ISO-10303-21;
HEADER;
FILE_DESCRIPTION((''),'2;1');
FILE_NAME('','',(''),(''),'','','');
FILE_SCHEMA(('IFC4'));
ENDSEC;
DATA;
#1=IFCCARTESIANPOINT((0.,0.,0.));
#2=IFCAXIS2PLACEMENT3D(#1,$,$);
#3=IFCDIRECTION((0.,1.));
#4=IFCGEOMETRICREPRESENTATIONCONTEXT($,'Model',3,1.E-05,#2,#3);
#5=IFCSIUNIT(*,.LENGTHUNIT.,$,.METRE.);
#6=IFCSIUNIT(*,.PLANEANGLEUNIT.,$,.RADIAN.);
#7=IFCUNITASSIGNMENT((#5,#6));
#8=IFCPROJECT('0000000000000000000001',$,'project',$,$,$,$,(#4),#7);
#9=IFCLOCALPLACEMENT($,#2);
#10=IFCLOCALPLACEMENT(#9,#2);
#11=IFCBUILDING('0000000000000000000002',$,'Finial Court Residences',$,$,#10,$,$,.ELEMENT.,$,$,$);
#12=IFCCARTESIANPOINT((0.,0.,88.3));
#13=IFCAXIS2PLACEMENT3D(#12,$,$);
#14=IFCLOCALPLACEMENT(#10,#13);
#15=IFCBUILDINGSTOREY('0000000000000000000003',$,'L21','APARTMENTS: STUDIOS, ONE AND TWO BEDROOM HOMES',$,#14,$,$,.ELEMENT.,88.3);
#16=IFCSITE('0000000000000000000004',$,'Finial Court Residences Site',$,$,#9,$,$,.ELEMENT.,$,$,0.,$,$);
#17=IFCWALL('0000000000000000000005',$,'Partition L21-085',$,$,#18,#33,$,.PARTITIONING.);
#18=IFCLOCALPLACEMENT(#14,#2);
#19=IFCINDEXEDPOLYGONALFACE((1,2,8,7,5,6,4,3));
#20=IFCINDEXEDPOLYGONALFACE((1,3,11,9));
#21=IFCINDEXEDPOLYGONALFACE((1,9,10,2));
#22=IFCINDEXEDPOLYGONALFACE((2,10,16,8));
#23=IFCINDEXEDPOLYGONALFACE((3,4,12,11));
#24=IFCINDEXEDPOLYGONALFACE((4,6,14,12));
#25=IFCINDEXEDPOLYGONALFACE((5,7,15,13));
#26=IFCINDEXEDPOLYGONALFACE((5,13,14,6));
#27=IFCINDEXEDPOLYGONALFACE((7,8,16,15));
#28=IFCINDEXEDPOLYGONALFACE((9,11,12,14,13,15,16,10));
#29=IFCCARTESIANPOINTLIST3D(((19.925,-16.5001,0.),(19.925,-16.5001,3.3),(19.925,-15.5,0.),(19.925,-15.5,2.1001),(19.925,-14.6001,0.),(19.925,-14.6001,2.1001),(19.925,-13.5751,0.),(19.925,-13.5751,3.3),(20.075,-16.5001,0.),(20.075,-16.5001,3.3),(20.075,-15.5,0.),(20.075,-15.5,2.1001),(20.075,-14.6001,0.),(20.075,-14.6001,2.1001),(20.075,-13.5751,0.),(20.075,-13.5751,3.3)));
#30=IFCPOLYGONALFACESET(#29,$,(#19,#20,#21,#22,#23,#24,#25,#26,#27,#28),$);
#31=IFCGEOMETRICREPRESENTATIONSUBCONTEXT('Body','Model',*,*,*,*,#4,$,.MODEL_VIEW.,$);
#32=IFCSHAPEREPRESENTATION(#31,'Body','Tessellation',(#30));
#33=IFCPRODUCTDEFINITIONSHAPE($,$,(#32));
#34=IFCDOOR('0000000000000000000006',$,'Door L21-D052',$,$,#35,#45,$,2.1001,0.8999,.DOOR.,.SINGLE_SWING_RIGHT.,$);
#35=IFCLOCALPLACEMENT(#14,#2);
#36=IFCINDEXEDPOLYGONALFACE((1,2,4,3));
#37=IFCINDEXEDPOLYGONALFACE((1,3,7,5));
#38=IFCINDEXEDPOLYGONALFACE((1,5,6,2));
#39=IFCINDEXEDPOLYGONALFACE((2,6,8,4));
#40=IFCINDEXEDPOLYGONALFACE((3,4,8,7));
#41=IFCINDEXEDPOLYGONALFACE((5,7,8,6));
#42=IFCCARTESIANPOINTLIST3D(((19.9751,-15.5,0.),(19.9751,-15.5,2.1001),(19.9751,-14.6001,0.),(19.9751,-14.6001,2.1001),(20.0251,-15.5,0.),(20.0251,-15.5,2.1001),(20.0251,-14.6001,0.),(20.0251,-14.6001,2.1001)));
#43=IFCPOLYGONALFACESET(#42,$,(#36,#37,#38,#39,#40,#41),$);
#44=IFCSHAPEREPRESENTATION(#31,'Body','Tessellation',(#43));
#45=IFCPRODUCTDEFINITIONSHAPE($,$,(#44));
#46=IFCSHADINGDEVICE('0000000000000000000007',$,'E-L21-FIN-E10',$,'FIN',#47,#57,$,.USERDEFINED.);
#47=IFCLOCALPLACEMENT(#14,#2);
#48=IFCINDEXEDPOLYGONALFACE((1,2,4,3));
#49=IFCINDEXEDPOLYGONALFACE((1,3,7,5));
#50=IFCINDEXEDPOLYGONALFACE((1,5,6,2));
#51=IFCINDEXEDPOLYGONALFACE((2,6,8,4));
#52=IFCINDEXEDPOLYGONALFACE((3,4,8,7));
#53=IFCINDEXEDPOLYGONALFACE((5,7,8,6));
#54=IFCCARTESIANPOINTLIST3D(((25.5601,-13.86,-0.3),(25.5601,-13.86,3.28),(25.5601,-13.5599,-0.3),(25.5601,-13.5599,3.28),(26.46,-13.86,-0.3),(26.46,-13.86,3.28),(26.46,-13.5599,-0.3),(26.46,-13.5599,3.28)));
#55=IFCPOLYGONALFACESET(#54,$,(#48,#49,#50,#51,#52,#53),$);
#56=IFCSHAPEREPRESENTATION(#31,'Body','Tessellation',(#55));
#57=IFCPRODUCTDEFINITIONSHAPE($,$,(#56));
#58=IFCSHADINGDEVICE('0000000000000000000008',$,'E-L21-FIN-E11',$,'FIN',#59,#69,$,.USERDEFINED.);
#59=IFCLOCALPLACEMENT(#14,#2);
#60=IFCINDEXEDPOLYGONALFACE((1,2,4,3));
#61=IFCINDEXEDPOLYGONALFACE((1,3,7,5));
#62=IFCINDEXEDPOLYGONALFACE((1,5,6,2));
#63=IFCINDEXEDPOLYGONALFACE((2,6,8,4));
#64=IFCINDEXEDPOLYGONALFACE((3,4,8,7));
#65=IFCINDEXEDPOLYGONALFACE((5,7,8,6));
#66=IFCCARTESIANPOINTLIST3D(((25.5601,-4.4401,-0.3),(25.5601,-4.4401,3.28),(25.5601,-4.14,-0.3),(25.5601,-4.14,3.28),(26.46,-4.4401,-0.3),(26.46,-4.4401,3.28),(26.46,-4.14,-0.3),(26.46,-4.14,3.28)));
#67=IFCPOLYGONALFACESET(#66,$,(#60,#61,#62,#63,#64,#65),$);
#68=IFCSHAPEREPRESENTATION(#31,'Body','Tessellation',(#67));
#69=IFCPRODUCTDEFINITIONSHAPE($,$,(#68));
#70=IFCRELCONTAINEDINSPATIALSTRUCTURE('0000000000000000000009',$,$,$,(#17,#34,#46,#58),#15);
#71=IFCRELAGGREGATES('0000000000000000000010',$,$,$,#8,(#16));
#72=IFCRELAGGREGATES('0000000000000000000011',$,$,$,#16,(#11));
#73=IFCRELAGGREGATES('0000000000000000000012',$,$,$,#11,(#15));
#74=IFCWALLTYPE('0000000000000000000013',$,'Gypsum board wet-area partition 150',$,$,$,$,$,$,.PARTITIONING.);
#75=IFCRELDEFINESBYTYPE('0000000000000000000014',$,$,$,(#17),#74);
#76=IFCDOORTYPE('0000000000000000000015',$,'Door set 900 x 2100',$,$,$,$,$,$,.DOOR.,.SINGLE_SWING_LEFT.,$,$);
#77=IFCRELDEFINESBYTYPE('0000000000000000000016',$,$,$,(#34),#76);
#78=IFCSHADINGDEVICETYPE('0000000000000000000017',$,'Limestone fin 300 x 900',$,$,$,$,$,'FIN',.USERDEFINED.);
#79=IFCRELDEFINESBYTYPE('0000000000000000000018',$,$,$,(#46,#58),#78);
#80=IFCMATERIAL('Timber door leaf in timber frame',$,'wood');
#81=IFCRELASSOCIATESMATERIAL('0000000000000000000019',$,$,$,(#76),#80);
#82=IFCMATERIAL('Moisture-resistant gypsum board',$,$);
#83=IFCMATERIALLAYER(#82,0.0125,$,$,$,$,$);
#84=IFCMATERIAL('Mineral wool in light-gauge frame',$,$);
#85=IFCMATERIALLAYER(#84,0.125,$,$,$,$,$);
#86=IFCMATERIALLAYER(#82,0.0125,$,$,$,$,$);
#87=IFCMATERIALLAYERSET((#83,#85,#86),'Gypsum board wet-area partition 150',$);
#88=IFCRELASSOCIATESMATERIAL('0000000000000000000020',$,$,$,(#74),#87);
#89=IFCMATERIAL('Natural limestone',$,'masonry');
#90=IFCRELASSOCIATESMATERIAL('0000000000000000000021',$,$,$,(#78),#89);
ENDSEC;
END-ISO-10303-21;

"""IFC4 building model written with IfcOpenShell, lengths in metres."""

from ifc_helpers import new_model, si_unit, direction, frame, frame_2d, origin, origin_2d, place, context, subcontext, project, spatial, rectangle, extrude, material, layer, layer_set, type_object, element, fill, save


model = new_model("IFC4")

# Units and contexts
model_context = context("Model", 3, precision=1e-05, world=origin(), true_north=direction((0.0, 1.0)))
body_context = subcontext(model_context, "Body", "Model", "MODEL_VIEW")
ifc_project = project(units=[si_unit("LENGTHUNIT", "METRE"), si_unit("PLANEANGLEUNIT", "RADIAN")], contexts=[model_context])

# Site, building, storey
site_placement = place(None, origin())
site = spatial("IfcSite", under=ifc_project, at=site_placement, Name="Finial Court Residences Site", CompositionType="ELEMENT", RefElevation=0.0)
building_placement = place(site_placement, origin())
building = spatial("IfcBuilding", under=site, at=building_placement, Name="Finial Court Residences", CompositionType="ELEMENT")
storey_placement = place(building_placement, frame((0.0, 0.0, 88.3)))
storey = spatial("IfcBuildingStorey", under=building, at=storey_placement, Name="L21", Description="APARTMENTS: STUDIOS, ONE AND TWO BEDROOM HOMES", CompositionType="ELEMENT", Elevation=88.3)

# Shared definitions
ifc_material_1 = material(Name="Mineral wool in light-gauge frame")
ifc_material_2 = material(Name="Timber door leaf in timber frame", Category="wood")
door_type = type_object("IfcDoorType", Name="Door set 900 x 2100", OperationType="SINGLE_SWING_LEFT", PredefinedType="DOOR", material=ifc_material_2)

# Shared definitions
ifc_material_3 = material(Name="Moisture-resistant gypsum board")
ifc_layer_1 = layer(ifc_material_3, 0.0125)
ifc_layer_2 = layer(ifc_material_1, 0.125)
ifc_layer_3 = layer(ifc_material_3, 0.0125)
ifc_layer_set_1 = layer_set([ifc_layer_1, ifc_layer_2, ifc_layer_3], Name="Gypsum board wet-area partition 150")
wall_type_1 = type_object("IfcWallType", Name="Gypsum board wet-area partition 150", PredefinedType="PARTITIONING", material=ifc_layer_set_1)

# Wall, opening, door
wall_1_placement = place(storey_placement, frame((20.0, -16.5, 0.0), z_axis=(0.0, 0.0, 1.0), x_axis=(0.0, 1.0, 0.0)))
wall_1 = element("IfcWall", 1, at=wall_1_placement, inside=storey, type_object=wall_type_1, Name="Partition L21-085", PredefinedType="PARTITIONING", context=body_context, shape_type="SweptSolid", body=[
    extrude(rectangle(XDim=2.925, YDim=0.1499, at=frame_2d((1.4624, 0.0))), origin(), (0.0, 0.0, 1.0), 3.3),
])
opening_1_placement = place(wall_1_placement, frame((1.0, 0.0, 0.0)))
opening_1 = element("IfcOpeningElement", 2, at=opening_1_placement, cuts=wall_1, PredefinedType="OPENING", context=body_context, shape_type="SweptSolid", body=[
    extrude(rectangle(XDim=0.8999, YDim=2.1001, at=frame_2d((0.45, 1.05))), frame((0.0, 0.085, 0.0), z_axis=(0.0, -1.0, 0.0), x_axis=(1.0, 0.0, 0.0)), (0.0, 0.0, 1.0), 0.1699),
])
door_1_placement = place(opening_1_placement, origin())
door_1 = element("IfcDoor", 3, at=door_1_placement, inside=storey, type_object=door_type, Name="Door L21-D052", OperationType="SINGLE_SWING_RIGHT", OverallHeight=2.1001, OverallWidth=0.8999, PredefinedType="DOOR", context=body_context, shape_type="SweptSolid", body=[
    extrude(rectangle(XDim=0.8999, YDim=2.1001, at=frame_2d((0.45, 1.05))), frame((0.0, 0.0249, 0.0), z_axis=(0.0, -1.0, 0.0), x_axis=(1.0, 0.0, 0.0)), (0.0, 0.0, 1.0), 0.05),
])
fill(opening_1, door_1)

# Shading devices
ifc_material_4 = material(Name="Natural limestone", Category="masonry")
shading_device_type = type_object("IfcShadingDeviceType", Name="Limestone fin 300 x 900", ElementType="FIN", PredefinedType="USERDEFINED", material=ifc_material_4)
for number, where, z_axis, x_axis, name in (
    (4, (26.01, -13.71, -0.3), (0.0, 0.0, 1.0), (1.0, 0.0, 0.0), "E-L21-FIN-E10"),
    (5, (26.01, -4.29, -0.3), (0.0, 0.0, 1.0), (1.0, 0.0, 0.0), "E-L21-FIN-E11"),
):
    element("IfcShadingDevice", number, at=place(storey_placement, frame(where, z_axis=z_axis, x_axis=x_axis)), inside=storey, type_object=shading_device_type, Name=name, ObjectType="FIN", PredefinedType="USERDEFINED", context=body_context, shape_type="SweptSolid", body=[
        extrude(rectangle(XDim=0.8999, YDim=0.3, at=origin_2d()), origin(), (0.0, 0.0, 1.0), 3.5801),
    ])

save(model, "model.ifc")
